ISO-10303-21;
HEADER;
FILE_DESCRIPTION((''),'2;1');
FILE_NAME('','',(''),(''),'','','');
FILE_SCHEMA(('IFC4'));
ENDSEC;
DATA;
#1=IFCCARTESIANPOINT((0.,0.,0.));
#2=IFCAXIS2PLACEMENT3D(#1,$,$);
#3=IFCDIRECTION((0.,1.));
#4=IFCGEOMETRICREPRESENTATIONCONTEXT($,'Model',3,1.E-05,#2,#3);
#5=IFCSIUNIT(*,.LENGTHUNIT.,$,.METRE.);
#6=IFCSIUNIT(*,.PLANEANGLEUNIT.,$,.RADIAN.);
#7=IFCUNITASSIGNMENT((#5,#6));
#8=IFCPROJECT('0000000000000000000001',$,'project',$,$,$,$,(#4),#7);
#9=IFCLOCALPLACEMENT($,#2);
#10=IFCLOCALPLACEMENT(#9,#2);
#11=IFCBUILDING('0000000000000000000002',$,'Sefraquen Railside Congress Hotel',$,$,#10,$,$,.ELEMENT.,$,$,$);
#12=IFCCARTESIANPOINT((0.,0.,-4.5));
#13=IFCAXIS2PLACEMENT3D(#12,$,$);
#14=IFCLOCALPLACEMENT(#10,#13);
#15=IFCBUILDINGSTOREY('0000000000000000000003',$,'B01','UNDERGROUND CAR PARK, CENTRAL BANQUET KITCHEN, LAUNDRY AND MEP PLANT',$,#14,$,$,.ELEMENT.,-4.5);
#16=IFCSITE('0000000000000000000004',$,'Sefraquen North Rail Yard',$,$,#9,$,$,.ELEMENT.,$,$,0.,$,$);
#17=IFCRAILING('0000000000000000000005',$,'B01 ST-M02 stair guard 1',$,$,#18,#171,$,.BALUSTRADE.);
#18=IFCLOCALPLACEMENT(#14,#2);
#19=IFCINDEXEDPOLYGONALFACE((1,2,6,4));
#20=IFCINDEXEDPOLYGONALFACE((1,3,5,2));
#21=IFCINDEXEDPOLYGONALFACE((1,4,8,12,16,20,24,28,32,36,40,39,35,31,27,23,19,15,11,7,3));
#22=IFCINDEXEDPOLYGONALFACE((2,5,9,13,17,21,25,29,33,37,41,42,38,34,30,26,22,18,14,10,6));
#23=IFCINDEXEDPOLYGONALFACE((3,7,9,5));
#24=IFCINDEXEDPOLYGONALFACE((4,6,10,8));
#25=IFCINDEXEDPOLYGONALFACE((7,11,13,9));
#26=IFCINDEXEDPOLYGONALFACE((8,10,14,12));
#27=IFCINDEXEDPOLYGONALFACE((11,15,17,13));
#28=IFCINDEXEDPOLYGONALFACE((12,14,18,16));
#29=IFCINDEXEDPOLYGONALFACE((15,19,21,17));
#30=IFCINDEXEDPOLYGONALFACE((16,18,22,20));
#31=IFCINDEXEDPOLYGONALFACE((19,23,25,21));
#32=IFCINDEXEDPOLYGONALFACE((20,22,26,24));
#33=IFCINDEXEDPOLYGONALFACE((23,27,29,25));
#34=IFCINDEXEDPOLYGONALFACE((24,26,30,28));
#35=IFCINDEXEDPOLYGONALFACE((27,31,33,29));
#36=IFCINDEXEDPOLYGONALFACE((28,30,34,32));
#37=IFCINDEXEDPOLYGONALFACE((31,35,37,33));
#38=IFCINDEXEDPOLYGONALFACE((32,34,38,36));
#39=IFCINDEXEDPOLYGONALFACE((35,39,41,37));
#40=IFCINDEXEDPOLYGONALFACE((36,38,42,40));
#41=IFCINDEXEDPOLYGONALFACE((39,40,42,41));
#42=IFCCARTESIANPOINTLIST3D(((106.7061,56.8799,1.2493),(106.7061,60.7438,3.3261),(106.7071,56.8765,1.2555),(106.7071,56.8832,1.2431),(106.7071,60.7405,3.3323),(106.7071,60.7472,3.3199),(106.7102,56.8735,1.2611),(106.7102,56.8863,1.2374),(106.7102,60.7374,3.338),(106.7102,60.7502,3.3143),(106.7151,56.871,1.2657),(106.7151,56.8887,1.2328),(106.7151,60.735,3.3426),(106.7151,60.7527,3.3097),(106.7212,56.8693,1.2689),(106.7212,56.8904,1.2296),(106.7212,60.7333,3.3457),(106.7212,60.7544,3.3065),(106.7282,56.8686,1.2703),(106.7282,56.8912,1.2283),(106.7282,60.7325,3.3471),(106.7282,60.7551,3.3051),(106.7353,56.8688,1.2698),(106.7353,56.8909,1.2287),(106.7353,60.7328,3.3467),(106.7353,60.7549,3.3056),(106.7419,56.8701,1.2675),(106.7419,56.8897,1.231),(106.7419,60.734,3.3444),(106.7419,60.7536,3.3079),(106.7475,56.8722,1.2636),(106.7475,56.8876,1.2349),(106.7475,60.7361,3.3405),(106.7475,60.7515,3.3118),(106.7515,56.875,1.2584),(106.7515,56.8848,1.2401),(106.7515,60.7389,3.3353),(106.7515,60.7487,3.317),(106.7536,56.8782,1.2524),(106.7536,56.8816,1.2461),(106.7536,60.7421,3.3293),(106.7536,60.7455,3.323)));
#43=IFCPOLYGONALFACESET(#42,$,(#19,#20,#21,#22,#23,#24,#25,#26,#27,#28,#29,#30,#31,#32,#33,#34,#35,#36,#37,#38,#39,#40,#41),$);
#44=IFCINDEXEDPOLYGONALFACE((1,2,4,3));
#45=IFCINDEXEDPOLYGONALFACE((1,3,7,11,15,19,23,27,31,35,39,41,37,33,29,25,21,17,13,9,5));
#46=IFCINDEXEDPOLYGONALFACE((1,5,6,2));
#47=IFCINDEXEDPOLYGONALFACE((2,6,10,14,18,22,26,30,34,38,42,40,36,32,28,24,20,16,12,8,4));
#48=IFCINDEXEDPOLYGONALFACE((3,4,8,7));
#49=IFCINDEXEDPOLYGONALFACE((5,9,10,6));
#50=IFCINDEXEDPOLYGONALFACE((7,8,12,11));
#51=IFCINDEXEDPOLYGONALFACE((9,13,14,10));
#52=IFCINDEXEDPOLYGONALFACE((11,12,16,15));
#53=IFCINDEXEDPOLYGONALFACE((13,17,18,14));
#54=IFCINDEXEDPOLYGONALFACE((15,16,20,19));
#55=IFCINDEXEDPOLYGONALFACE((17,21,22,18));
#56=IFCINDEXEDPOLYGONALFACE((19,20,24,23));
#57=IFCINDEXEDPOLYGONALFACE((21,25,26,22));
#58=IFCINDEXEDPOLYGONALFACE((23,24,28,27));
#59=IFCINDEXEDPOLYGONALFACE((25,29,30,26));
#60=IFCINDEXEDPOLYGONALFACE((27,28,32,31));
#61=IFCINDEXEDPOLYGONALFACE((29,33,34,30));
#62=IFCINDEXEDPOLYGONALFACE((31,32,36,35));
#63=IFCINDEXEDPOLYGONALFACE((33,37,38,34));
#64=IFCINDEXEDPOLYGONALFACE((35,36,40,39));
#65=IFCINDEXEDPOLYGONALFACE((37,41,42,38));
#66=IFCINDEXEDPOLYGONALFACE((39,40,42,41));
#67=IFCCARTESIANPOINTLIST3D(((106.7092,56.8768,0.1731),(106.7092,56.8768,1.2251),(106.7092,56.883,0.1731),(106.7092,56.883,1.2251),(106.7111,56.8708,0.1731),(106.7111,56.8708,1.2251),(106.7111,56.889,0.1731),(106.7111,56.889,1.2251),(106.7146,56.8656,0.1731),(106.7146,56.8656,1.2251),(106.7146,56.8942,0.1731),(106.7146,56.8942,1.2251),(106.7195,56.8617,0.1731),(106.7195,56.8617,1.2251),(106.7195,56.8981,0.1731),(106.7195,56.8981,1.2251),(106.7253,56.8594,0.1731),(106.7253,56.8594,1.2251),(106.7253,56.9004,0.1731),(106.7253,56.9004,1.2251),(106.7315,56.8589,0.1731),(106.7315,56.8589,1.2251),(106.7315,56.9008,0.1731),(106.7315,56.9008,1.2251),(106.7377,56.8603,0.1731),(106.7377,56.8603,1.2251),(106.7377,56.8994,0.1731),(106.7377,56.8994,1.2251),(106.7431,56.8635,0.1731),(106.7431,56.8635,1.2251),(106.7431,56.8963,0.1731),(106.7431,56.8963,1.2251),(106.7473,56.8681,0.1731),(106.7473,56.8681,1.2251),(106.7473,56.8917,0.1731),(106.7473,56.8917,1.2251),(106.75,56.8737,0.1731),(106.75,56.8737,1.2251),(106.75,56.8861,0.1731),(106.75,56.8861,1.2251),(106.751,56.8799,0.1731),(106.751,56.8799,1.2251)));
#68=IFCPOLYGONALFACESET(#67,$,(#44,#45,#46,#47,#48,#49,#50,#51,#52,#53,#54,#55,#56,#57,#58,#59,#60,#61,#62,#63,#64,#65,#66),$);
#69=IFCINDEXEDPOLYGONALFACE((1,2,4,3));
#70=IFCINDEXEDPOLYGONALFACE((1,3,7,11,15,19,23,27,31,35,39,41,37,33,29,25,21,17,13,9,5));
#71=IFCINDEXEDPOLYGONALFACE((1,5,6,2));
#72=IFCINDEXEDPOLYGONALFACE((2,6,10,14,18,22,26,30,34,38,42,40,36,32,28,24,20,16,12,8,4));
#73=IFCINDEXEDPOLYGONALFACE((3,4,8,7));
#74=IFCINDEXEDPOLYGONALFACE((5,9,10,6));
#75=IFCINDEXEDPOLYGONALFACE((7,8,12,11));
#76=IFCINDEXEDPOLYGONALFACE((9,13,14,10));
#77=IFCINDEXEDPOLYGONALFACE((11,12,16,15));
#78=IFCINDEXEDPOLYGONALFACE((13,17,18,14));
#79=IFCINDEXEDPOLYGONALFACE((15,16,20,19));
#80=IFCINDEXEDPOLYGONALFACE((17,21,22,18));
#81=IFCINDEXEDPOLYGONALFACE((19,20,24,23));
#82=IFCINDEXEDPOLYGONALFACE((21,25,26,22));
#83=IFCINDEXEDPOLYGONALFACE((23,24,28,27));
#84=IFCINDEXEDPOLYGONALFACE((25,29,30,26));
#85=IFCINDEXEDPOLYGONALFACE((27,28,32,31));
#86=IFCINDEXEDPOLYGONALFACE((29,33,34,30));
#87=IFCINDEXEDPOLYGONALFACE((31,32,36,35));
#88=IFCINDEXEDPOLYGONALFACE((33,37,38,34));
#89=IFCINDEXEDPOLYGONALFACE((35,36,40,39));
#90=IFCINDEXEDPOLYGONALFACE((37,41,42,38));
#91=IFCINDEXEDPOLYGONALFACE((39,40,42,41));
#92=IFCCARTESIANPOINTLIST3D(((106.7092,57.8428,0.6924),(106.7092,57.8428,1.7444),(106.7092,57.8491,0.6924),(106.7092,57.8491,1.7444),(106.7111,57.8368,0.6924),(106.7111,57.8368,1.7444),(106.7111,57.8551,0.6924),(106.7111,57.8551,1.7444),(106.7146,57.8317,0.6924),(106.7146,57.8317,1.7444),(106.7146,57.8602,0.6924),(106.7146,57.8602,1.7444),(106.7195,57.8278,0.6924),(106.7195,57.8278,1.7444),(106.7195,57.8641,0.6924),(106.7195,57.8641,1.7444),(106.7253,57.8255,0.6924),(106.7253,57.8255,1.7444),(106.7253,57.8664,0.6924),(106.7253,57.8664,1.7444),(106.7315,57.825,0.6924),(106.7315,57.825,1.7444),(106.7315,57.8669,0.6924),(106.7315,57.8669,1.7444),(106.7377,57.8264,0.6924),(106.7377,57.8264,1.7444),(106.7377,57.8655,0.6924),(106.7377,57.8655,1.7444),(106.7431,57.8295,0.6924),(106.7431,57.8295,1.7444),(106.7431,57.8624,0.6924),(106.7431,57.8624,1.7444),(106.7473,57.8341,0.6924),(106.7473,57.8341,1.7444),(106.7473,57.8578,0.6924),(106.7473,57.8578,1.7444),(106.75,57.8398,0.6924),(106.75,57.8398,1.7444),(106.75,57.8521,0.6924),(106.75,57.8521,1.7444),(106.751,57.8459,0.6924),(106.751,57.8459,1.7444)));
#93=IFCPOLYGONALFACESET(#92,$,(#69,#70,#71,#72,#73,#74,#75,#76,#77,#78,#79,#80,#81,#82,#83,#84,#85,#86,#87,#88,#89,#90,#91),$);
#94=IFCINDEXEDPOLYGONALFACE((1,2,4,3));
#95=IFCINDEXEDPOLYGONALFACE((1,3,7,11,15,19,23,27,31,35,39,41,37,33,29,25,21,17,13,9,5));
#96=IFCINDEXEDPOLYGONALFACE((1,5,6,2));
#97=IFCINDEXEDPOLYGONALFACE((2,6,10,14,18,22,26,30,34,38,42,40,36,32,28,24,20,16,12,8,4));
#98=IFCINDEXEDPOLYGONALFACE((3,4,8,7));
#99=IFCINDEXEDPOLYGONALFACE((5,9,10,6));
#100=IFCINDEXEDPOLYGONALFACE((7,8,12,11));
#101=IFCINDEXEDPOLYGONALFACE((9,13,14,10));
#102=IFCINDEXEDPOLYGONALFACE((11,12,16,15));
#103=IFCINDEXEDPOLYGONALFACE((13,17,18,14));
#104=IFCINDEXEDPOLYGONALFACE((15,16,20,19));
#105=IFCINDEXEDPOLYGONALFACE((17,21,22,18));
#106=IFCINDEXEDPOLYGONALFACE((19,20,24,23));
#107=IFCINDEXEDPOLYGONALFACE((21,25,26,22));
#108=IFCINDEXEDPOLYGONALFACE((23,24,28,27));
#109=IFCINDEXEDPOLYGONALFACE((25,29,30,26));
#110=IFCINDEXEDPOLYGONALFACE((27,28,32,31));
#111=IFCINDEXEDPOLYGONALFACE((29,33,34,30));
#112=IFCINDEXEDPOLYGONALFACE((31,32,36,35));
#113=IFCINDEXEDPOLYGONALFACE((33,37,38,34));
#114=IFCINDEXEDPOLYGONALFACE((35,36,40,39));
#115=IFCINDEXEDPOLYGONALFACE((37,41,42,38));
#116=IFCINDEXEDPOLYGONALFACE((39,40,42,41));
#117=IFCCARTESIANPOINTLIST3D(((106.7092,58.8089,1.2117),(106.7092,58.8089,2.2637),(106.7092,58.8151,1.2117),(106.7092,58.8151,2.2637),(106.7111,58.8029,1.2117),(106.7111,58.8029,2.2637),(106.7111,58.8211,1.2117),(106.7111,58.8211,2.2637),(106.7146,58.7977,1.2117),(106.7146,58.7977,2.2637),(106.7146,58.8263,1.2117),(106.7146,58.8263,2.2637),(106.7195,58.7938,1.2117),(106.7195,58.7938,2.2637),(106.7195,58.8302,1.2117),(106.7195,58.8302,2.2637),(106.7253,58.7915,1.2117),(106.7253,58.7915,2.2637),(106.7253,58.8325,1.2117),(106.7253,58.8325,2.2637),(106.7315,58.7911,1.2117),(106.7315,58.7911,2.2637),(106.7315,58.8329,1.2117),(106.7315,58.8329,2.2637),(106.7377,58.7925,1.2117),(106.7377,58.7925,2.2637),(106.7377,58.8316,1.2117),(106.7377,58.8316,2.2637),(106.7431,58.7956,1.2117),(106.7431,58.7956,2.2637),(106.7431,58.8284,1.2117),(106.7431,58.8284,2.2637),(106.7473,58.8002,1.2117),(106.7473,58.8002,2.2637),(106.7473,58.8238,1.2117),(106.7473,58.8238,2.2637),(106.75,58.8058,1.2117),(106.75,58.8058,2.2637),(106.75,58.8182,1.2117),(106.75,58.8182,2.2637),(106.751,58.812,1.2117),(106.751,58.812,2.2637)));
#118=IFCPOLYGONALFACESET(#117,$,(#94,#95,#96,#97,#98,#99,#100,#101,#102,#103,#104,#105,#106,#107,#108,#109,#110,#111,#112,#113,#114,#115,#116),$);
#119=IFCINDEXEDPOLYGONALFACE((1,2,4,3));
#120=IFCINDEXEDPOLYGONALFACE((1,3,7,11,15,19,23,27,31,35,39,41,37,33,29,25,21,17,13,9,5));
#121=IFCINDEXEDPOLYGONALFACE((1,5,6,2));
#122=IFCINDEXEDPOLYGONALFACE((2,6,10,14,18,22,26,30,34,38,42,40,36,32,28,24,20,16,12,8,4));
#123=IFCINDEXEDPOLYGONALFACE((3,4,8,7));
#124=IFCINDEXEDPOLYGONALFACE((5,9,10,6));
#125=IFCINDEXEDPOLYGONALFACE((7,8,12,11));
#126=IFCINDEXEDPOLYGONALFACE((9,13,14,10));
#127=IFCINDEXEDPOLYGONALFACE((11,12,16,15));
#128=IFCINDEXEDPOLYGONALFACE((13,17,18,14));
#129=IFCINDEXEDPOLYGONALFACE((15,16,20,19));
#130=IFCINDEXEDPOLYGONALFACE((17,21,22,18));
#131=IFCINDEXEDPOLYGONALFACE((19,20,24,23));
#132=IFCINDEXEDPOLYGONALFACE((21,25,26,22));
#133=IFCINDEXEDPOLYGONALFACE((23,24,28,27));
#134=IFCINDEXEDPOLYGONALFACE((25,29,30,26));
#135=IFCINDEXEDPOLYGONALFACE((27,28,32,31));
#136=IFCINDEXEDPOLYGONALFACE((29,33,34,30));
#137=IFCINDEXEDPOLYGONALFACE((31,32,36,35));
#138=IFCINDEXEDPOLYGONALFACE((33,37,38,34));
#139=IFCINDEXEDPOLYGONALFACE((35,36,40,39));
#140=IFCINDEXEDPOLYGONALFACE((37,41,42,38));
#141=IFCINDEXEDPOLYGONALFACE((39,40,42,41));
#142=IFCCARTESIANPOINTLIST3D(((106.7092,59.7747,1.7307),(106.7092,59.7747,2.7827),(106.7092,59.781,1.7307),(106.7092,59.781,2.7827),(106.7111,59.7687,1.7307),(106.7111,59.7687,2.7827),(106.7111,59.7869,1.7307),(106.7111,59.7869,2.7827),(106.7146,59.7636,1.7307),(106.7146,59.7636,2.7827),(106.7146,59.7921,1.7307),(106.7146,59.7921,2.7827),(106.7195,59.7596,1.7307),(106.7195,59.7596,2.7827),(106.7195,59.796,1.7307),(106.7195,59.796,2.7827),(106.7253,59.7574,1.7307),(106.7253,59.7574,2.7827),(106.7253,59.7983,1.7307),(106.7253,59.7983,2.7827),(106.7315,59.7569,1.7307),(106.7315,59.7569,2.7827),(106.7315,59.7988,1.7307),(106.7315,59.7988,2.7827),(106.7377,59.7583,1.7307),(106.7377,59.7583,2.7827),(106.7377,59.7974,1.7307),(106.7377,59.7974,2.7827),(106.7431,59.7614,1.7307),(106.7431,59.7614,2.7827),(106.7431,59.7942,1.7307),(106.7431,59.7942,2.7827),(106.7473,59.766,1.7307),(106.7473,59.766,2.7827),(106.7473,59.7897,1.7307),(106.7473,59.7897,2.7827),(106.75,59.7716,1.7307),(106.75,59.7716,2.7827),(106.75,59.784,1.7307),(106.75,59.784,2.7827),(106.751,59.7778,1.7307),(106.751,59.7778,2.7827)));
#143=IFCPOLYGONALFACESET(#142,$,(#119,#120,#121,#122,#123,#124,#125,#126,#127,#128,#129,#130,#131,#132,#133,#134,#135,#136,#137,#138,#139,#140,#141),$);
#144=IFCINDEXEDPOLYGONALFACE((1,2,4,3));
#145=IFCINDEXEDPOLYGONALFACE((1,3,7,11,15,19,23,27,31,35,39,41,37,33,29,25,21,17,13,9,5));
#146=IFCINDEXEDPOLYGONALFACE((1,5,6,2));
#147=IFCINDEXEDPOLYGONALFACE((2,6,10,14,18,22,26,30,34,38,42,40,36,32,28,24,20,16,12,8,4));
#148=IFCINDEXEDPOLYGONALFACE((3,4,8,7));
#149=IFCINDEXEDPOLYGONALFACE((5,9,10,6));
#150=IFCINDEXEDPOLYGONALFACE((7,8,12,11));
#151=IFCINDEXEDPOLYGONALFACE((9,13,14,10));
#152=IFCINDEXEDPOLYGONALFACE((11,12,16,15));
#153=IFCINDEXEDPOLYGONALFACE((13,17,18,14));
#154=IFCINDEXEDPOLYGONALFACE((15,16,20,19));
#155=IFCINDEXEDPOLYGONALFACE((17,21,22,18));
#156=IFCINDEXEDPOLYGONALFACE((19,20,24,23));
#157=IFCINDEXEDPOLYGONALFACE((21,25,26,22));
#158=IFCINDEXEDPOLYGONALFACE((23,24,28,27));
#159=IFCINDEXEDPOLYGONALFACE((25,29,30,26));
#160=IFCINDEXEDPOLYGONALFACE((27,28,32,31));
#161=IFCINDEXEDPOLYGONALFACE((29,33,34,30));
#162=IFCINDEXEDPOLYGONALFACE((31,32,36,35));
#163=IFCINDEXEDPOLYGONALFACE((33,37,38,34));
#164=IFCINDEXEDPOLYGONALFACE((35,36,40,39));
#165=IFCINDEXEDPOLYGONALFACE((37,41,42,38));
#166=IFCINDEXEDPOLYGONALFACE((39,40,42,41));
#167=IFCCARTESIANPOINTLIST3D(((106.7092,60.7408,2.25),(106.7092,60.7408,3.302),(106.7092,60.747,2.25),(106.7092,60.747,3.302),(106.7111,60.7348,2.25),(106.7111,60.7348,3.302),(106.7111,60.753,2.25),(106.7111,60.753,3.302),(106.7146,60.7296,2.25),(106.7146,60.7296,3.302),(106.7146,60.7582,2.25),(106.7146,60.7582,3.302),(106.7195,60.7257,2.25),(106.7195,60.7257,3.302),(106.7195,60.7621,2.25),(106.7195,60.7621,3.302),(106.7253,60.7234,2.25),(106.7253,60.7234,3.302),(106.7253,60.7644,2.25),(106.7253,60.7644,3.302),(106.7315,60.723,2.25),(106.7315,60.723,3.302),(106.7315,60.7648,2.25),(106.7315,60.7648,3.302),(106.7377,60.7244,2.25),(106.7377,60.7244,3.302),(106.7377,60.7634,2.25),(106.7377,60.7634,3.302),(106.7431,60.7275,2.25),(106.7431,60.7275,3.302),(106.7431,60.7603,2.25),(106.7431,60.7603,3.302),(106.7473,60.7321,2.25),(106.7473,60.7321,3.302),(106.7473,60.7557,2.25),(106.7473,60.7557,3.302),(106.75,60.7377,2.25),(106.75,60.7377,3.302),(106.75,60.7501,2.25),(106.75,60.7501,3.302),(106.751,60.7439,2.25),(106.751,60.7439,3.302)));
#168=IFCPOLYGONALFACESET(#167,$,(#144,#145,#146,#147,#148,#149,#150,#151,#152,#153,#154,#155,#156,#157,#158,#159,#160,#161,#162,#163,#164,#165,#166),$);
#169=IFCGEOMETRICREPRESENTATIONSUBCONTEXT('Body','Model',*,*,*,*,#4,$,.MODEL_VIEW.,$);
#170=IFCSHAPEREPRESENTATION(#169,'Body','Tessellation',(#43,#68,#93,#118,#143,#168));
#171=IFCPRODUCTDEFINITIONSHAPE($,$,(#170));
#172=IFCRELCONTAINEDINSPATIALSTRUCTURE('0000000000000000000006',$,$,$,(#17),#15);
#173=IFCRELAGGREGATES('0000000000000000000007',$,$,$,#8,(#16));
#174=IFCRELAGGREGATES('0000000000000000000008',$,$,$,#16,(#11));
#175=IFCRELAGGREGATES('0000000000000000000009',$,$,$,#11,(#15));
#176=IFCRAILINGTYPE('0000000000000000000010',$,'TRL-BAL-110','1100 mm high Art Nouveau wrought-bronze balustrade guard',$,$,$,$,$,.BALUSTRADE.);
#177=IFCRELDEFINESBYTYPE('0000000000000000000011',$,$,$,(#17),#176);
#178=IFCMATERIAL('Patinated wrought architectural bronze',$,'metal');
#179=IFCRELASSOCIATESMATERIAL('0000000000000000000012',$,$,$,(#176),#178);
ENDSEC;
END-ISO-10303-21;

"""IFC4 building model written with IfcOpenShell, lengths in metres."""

from ifc_helpers import new_model, si_unit, direction, frame, origin, origin_2d, place, context, subcontext, project, spatial, circle, extrude, material, type_object, element, save


model = new_model("IFC4")

# Units and contexts
model_context = context("Model", 3, precision=1e-05, world=origin(), true_north=direction((0.0, 1.0)))
body_context = subcontext(model_context, "Body", "Model", "MODEL_VIEW")
ifc_project = project(units=[si_unit("LENGTHUNIT", "METRE"), si_unit("PLANEANGLEUNIT", "RADIAN")], contexts=[model_context])

# Site, building, storey
site_placement = place(None, origin())
site = spatial("IfcSite", under=ifc_project, at=site_placement, Name="Sefraquen North Rail Yard", CompositionType="ELEMENT", RefElevation=0.0)
building_placement = place(site_placement, origin())
building = spatial("IfcBuilding", under=site, at=building_placement, Name="Sefraquen Railside Congress Hotel", CompositionType="ELEMENT")
storey_placement = place(building_placement, frame((0.0, 0.0, -4.5)))
storey = spatial("IfcBuildingStorey", under=building, at=storey_placement, Name="B01", Description="UNDERGROUND CAR PARK, CENTRAL BANQUET KITCHEN, LAUNDRY AND MEP PLANT", CompositionType="ELEMENT", Elevation=-4.5)

# Railing
ifc_material_1 = material(Name="Patinated wrought architectural bronze", Category="metal")
railing_type_1 = type_object("IfcRailingType", Name="TRL-BAL-110", Description="1100 mm high Art Nouveau wrought-bronze balustrade guard", PredefinedType="BALUSTRADE", material=ifc_material_1)
railing_1_placement = place(storey_placement, frame((106.73, 56.8799, 0.1731)))
element("IfcRailing", 1, at=railing_1_placement, inside=storey, type_object=railing_type_1, Name="B01 ST-M02 stair guard 1", PredefinedType="BALUSTRADE", context=body_context, shape_type="SweptSolid", body=[
    extrude(circle(Radius=0.0239, at=origin_2d()), frame((0.0, 0.0, 1.0762), z_axis=(0.0, 0.880825, 0.473443), x_axis=(-1.0, 0.0, 0.0)), (0.0, 0.0, 1.0), 4.3867),
    extrude(circle(Radius=0.021, at=origin_2d()), origin(), (0.0, 0.0, 1.0), 1.052),
    extrude(circle(Radius=0.021, at=origin_2d()), frame((0.0, 0.9661, 0.5193)), (0.0, 0.0, 1.0), 1.052),
    extrude(circle(Radius=0.021, at=origin_2d()), frame((0.0, 1.9321, 1.0386)), (0.0, 0.0, 1.0), 1.052),
    extrude(circle(Radius=0.021, at=origin_2d()), frame((0.0, 2.8979, 1.5576)), (0.0, 0.0, 1.0), 1.052),
    extrude(circle(Radius=0.021, at=origin_2d()), frame((0.0, 3.864, 2.0769)), (0.0, 0.0, 1.0), 1.052),
])

save(model, "model.ifc")
